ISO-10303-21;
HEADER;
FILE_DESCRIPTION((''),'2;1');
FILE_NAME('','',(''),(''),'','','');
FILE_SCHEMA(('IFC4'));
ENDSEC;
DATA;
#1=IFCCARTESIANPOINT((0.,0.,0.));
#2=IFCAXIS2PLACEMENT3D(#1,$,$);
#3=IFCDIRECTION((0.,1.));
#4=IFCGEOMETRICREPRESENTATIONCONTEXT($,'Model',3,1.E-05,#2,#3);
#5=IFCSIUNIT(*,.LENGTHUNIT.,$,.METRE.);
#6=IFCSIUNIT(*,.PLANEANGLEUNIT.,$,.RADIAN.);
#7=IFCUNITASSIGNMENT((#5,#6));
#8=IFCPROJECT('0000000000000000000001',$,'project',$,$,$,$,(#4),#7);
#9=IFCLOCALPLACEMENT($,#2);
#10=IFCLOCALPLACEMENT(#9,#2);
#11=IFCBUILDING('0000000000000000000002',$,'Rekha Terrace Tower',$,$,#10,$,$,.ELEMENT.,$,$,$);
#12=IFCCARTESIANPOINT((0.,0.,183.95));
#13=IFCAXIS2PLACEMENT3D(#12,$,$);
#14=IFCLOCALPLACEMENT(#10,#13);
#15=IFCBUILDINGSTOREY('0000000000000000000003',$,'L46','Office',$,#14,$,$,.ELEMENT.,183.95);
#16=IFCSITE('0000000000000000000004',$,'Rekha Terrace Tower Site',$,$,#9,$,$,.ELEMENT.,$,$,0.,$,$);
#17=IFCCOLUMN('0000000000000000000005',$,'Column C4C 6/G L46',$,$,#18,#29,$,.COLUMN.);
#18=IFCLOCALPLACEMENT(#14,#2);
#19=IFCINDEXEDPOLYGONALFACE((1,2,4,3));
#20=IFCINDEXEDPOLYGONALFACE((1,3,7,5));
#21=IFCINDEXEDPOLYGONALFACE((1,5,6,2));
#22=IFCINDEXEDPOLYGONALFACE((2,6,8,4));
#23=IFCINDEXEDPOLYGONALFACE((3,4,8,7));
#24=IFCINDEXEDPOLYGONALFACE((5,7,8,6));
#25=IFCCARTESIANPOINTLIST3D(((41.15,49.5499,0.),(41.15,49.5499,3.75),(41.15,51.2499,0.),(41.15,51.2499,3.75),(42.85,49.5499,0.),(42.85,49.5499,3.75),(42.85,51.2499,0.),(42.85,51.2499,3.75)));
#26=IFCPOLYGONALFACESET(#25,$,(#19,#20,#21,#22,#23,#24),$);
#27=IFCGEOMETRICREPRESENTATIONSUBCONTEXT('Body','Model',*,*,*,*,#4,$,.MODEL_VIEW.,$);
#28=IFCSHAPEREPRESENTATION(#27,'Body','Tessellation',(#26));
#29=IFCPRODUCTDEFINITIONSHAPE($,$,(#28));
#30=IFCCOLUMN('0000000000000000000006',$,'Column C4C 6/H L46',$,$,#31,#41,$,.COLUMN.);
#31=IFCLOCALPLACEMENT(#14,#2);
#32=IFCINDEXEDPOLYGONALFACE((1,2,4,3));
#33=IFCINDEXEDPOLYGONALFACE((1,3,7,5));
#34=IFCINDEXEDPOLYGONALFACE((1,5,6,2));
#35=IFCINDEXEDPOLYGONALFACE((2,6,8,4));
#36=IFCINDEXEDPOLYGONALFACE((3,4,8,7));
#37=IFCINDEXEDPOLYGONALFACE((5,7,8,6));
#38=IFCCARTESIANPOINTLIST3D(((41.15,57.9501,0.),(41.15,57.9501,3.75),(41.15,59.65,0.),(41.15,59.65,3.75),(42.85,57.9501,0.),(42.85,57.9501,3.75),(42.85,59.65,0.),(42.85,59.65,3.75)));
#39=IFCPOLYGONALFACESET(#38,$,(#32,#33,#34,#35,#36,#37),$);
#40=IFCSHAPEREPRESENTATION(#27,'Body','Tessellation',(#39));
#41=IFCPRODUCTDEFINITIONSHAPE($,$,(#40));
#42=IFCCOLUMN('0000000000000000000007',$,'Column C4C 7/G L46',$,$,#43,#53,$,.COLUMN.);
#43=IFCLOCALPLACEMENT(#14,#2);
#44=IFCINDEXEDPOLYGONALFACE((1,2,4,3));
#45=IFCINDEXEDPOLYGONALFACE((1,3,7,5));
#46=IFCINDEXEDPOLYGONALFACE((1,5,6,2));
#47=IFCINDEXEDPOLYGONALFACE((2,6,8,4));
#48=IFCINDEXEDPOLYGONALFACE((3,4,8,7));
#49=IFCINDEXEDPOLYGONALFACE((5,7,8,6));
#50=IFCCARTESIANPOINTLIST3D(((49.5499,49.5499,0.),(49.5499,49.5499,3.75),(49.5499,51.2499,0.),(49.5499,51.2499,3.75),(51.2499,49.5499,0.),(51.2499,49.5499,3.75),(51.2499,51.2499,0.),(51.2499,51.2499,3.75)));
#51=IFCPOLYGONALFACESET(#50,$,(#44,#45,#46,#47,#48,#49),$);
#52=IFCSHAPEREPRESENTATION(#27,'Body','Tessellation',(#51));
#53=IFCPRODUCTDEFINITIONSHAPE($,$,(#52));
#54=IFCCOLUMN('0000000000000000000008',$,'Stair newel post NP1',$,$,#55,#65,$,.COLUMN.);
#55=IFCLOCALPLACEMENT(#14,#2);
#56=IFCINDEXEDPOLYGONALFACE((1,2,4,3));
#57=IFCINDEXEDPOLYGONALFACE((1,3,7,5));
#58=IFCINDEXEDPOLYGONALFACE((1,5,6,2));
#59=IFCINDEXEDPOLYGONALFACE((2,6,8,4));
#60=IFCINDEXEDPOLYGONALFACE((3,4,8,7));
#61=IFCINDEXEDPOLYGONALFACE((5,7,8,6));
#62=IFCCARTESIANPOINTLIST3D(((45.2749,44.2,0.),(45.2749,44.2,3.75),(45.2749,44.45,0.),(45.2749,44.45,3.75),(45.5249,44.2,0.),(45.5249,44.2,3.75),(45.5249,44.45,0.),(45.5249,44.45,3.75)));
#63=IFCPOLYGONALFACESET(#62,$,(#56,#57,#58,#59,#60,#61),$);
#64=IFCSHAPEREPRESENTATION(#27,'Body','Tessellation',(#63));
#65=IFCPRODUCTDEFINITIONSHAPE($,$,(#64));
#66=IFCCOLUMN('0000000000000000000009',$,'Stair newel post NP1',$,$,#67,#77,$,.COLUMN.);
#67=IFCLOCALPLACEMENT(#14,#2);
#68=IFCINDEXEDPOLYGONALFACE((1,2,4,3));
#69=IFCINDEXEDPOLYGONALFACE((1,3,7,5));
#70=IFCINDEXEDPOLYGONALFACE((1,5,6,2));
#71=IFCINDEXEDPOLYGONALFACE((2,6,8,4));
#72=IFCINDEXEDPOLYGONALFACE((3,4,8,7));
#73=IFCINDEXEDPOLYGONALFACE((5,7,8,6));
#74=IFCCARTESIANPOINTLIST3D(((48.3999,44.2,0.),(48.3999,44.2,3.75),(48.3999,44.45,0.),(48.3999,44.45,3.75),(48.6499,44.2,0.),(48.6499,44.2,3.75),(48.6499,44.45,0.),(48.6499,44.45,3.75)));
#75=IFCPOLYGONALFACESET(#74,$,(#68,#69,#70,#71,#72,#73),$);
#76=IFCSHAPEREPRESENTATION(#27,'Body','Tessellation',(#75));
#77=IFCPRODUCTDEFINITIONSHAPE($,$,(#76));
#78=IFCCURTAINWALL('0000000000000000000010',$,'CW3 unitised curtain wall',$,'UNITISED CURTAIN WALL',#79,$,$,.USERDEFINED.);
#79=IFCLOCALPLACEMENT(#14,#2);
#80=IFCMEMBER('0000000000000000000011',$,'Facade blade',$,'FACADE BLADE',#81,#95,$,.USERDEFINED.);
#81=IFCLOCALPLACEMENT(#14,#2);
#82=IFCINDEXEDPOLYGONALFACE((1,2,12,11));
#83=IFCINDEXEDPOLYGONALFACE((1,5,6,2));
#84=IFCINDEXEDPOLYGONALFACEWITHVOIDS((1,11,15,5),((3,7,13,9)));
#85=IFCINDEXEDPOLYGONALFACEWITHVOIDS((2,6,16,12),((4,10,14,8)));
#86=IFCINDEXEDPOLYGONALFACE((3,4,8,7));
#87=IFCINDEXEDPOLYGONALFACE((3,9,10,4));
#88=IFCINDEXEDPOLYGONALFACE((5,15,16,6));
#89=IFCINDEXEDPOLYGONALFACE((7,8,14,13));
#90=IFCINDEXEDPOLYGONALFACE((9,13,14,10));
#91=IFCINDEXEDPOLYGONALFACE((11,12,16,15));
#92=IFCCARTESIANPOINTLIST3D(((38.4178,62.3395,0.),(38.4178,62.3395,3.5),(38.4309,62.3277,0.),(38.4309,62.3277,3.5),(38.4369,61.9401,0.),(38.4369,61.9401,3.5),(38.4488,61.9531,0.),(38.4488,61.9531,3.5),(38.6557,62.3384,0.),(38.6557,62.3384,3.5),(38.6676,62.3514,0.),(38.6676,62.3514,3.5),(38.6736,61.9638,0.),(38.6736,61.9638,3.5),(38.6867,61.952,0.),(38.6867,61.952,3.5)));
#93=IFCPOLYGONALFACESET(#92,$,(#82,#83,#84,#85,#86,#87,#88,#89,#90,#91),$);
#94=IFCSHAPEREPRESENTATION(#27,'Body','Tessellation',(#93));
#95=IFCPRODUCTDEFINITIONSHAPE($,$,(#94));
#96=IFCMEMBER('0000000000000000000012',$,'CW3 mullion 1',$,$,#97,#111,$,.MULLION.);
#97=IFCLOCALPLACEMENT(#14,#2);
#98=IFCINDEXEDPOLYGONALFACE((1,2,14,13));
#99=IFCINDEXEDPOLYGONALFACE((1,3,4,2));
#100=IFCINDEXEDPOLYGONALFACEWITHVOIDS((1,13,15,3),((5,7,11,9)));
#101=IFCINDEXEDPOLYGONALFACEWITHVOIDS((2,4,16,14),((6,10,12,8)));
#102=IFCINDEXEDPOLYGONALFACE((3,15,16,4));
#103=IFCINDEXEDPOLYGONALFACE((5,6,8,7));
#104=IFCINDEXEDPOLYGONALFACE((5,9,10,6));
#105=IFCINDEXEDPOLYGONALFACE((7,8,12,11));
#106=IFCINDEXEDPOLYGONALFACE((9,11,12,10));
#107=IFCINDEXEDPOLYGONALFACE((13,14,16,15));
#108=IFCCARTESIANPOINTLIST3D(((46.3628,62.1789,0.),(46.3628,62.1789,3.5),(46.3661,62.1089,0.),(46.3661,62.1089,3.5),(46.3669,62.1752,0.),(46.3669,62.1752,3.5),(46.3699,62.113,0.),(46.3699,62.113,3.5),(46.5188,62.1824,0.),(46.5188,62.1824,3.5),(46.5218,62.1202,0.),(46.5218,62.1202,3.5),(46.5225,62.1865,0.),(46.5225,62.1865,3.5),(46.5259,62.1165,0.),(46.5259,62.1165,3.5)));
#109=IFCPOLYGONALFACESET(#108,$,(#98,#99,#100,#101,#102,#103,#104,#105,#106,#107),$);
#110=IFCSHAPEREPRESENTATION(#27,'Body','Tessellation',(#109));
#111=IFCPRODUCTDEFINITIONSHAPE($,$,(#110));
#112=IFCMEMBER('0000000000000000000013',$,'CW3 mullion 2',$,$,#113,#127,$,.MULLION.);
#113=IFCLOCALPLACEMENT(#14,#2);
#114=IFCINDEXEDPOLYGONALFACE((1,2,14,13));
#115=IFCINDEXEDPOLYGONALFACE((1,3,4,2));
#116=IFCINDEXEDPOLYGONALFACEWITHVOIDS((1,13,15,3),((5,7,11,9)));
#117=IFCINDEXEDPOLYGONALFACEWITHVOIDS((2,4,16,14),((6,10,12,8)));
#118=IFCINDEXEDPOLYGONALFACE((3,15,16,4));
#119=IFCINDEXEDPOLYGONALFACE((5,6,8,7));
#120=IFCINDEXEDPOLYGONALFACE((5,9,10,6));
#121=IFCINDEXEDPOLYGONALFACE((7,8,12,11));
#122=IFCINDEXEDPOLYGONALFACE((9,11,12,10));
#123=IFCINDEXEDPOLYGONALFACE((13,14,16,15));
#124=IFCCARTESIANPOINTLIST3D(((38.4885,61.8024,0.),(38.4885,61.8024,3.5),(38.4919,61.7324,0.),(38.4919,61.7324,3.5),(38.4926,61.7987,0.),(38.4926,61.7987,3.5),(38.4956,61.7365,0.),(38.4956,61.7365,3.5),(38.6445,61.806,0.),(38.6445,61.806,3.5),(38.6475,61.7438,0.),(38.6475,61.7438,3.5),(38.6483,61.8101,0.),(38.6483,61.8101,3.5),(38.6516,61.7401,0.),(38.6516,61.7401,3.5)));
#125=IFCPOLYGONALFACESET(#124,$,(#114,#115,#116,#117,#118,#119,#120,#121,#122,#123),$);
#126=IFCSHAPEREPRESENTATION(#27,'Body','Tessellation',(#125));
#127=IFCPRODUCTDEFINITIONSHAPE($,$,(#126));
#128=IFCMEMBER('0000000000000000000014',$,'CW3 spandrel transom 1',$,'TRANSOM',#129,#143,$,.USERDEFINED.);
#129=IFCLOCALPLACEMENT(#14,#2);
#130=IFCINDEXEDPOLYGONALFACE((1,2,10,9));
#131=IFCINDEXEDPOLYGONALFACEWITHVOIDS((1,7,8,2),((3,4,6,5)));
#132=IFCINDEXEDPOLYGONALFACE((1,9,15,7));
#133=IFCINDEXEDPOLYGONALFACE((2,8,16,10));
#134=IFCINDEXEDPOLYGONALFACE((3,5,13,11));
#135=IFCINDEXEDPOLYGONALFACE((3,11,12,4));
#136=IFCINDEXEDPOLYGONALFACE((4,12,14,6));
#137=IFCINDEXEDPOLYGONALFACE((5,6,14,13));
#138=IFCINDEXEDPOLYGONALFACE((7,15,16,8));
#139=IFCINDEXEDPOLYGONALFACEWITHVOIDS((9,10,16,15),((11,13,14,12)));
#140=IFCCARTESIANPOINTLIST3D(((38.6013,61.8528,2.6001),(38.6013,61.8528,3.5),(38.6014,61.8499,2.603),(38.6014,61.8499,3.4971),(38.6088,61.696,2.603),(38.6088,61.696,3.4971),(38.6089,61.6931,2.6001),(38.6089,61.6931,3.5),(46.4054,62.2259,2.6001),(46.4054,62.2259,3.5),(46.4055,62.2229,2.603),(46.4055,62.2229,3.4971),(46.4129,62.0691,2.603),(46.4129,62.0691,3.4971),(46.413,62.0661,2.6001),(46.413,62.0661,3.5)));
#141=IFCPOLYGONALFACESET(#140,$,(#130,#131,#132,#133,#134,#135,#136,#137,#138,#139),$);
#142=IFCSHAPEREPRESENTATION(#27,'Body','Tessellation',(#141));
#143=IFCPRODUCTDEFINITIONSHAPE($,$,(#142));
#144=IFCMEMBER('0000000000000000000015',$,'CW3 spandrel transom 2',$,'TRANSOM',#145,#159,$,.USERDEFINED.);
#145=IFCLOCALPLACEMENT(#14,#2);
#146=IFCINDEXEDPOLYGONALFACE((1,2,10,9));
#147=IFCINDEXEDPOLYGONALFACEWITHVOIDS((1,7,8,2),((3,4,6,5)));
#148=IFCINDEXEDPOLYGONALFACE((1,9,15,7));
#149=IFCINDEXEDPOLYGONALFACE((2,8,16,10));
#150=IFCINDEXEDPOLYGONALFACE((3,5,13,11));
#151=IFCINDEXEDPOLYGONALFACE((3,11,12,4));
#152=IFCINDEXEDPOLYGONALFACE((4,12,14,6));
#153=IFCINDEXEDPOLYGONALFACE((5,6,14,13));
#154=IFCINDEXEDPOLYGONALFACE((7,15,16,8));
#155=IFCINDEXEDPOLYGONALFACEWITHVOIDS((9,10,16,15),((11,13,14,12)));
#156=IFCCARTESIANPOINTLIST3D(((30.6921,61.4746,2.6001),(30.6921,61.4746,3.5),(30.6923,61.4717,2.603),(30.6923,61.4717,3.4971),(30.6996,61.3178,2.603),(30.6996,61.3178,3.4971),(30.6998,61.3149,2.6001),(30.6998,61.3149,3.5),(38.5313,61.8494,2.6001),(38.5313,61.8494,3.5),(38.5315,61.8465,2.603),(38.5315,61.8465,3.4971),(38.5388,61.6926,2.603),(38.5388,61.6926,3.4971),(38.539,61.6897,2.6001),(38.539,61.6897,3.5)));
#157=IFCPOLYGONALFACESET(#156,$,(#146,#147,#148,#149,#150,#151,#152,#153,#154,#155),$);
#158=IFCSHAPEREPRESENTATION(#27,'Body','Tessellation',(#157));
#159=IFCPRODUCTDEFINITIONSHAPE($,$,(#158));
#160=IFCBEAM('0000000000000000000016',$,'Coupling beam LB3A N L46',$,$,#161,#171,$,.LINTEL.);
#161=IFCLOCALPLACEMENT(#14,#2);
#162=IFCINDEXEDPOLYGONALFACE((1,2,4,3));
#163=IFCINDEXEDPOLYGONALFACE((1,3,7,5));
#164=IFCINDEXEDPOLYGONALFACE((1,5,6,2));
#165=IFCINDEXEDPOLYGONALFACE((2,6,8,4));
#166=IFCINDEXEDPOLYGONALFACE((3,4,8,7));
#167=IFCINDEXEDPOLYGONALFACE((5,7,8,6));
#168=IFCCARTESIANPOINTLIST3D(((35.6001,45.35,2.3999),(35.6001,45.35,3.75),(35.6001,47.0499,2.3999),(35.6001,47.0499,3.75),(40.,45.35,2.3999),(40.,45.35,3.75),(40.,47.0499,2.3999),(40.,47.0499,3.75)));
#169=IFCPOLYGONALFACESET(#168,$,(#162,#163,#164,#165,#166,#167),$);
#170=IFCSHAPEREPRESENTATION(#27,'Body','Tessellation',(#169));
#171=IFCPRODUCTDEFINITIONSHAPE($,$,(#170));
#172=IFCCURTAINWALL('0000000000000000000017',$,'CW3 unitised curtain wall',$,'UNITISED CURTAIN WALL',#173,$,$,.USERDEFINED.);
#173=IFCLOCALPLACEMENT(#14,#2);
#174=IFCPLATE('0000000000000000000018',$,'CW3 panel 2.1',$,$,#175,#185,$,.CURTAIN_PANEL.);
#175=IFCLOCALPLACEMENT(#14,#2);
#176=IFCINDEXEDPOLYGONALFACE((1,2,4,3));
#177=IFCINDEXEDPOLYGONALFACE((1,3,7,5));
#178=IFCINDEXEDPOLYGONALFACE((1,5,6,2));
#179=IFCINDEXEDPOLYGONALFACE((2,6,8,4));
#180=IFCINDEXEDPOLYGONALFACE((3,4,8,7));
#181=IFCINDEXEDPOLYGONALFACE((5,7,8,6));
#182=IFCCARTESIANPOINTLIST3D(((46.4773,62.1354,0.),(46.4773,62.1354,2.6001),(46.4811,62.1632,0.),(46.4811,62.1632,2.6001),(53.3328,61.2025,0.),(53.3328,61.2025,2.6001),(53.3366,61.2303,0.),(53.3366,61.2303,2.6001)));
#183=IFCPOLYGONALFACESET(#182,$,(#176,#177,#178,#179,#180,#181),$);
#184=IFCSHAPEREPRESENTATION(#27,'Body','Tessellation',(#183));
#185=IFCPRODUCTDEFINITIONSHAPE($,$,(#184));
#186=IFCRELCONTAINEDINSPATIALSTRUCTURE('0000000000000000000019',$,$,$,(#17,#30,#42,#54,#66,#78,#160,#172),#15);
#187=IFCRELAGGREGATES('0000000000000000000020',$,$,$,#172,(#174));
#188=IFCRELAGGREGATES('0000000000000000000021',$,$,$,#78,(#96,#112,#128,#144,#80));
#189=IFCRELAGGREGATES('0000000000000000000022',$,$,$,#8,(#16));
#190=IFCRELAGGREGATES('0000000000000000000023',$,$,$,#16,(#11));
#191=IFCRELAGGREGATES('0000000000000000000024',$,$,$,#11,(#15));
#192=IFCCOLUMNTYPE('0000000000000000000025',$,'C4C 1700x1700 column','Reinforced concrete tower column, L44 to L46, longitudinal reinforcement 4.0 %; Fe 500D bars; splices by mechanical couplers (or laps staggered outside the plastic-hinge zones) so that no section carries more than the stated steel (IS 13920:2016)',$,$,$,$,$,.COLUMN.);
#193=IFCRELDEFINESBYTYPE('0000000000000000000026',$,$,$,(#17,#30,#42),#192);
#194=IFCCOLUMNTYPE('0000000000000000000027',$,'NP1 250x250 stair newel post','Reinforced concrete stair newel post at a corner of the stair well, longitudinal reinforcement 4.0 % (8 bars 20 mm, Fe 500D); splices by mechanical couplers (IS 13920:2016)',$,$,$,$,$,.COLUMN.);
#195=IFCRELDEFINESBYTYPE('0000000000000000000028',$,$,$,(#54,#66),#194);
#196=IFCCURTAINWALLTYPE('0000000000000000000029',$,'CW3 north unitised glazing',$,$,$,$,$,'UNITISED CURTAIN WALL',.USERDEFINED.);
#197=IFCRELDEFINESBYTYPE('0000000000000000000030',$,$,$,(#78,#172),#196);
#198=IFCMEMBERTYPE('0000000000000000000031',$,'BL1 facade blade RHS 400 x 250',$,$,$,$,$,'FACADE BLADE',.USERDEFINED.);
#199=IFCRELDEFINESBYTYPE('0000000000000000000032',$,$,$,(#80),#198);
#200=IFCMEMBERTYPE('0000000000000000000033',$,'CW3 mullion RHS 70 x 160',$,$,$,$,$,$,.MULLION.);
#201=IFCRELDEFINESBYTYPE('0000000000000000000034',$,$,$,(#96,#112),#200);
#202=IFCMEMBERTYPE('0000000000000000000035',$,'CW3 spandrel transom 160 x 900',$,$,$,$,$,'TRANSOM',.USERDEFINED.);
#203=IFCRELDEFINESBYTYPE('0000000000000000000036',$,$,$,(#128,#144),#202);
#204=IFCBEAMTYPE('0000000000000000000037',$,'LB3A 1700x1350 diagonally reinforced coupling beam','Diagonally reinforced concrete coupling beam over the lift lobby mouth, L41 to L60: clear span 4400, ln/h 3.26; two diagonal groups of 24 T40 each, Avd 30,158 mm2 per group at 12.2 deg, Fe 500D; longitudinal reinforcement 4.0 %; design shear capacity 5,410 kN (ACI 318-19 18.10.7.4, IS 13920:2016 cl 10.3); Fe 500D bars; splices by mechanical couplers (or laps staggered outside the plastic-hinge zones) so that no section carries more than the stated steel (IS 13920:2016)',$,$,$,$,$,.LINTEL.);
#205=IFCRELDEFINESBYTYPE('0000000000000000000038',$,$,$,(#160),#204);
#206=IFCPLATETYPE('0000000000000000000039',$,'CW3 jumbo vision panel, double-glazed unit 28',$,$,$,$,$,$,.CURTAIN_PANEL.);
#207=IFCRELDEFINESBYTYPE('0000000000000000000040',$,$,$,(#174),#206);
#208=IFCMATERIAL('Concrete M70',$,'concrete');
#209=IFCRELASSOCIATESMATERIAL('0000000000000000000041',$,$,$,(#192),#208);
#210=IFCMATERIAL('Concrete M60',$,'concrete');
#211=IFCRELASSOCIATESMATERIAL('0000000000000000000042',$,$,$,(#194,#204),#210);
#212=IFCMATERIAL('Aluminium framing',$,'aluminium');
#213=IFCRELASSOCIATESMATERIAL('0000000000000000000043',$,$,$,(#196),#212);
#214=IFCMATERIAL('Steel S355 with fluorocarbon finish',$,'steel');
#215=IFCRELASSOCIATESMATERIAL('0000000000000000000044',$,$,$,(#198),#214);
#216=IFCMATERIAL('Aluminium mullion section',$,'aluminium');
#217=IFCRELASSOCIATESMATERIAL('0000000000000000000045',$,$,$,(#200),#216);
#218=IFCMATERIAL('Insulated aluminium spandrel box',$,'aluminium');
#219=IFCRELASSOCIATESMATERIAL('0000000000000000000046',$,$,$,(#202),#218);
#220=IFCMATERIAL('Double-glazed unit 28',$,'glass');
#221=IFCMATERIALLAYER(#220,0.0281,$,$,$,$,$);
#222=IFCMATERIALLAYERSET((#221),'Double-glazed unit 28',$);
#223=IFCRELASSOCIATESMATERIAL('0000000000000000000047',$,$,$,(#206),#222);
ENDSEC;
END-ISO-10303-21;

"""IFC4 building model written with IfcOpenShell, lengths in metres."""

from ifc_helpers import new_model, si_unit, direction, frame, origin, origin_2d, place, context, subcontext, project, spatial, rectangle, hollow_rectangle, extrude, material, layer, layer_set, material_profile, profile_set, type_object, element, aggregate, save


model = new_model("IFC4")

# Units and contexts
model_context = context("Model", 3, precision=1e-05, world=origin(), true_north=direction((0.0, 1.0)))
body_context = subcontext(model_context, "Body", "Model", "MODEL_VIEW")
ifc_project = project(units=[si_unit("LENGTHUNIT", "METRE"), si_unit("PLANEANGLEUNIT", "RADIAN")], contexts=[model_context])

# Site, building, storey
site_placement = place(None, origin())
site = spatial("IfcSite", under=ifc_project, at=site_placement, Name="Rekha Terrace Tower Site", CompositionType="ELEMENT", RefElevation=0.0)
building_placement = place(site_placement, origin())
building = spatial("IfcBuilding", under=site, at=building_placement, Name="Rekha Terrace Tower", CompositionType="ELEMENT")
storey_placement = place(building_placement, frame((0.0, 0.0, 183.95)))
storey = spatial("IfcBuildingStorey", under=building, at=storey_placement, Name="L46", Description="Office", CompositionType="ELEMENT", Elevation=183.95)

# Columns
ifc_material_1 = material(Name="Concrete M70", Category="concrete")
ifc_material_profile_1 = material_profile(ifc_material_1, rectangle(XDim=1.7, YDim=1.7, at=origin_2d()), Name="RC 1700x1700")
ifc_profile_set_1 = profile_set([ifc_material_profile_1], Name="Concrete M70")
column_type_1 = type_object("IfcColumnType", Name="C4C 1700x1700 column", Description="Reinforced concrete tower column, L44 to L46, longitudinal reinforcement 4.0 %; Fe 500D bars; splices by mechanical couplers (or laps staggered outside the plastic-hinge zones) so that no section carries more than the stated steel (IS 13920:2016)", PredefinedType="COLUMN", material=ifc_profile_set_1)
for number, where, z_axis, x_axis, name in (
    (1, (42.0, 50.3999, 0.0), (0.0, 0.0, 1.0), (1.0, 0.0, 0.0), "Column C4C 6/G L46"),
    (2, (42.0, 58.8, 0.0), (0.0, 0.0, 1.0), (1.0, 0.0, 0.0), "Column C4C 6/H L46"),
    (3, (50.3999, 50.3999, 0.0), (0.0, 0.0, 1.0), (1.0, 0.0, 0.0), "Column C4C 7/G L46"),
):
    element("IfcColumn", number, at=place(storey_placement, frame(where, z_axis=z_axis, x_axis=x_axis)), inside=storey, type_object=column_type_1, Name=name, PredefinedType="COLUMN", context=body_context, shape_type="SweptSolid", body=[
        extrude(rectangle(XDim=1.7, YDim=1.7, at=origin_2d()), origin(), (0.0, 0.0, 1.0), 3.75),
    ])
ifc_material_2 = material(Name="Concrete M60", Category="concrete")
ifc_material_profile_2 = material_profile(ifc_material_2, rectangle(XDim=0.25, YDim=0.25, at=origin_2d()), Name="RC 250x250")
ifc_profile_set_2 = profile_set([ifc_material_profile_2], Name="Concrete M60")
column_type_2 = type_object("IfcColumnType", Name="NP1 250x250 stair newel post", Description="Reinforced concrete stair newel post at a corner of the stair well, longitudinal reinforcement 4.0 % (8 bars 20 mm, Fe 500D); splices by mechanical couplers (IS 13920:2016)", PredefinedType="COLUMN", material=ifc_profile_set_2)
for number, where, z_axis, x_axis, name in (
    (4, (45.3999, 44.325, 0.0), (0.0, 0.0, 1.0), (1.0, 0.0, 0.0), "Stair newel post NP1"),
    (5, (48.5249, 44.325, 0.0), (0.0, 0.0, 1.0), (1.0, 0.0, 0.0), "Stair newel post NP1"),
):
    element("IfcColumn", number, at=place(storey_placement, frame(where, z_axis=z_axis, x_axis=x_axis)), inside=storey, type_object=column_type_2, Name=name, PredefinedType="COLUMN", context=body_context, shape_type="SweptSolid", body=[
        extrude(rectangle(XDim=0.25, YDim=0.25, at=origin_2d()), origin(), (0.0, 0.0, 1.0), 3.75),
    ])

# Curtain wall, members
ifc_material_3 = material(Name="Aluminium framing", Category="aluminium")
curtain_wall_type = type_object("IfcCurtainWallType", Name="CW3 north unitised glazing", ElementType="UNITISED CURTAIN WALL", PredefinedType="USERDEFINED", material=ifc_material_3)
curtain_wall_1_placement = place(storey_placement, origin())
curtain_wall_1 = element("IfcCurtainWall", 6, at=curtain_wall_1_placement, inside=storey, type_object=curtain_wall_type, Name="CW3 unitised curtain wall", ObjectType="UNITISED CURTAIN WALL", PredefinedType="USERDEFINED")
ifc_material_4 = material(Name="Steel S355 with fluorocarbon finish", Category="steel")
ifc_material_profile_3 = material_profile(ifc_material_4, hollow_rectangle(XDim=0.25, YDim=0.3999, WallThickness=0.0125, at=origin_2d()), Name="RHS400x250x12.5")
ifc_profile_set_3 = profile_set([ifc_material_profile_3], Name="Steel S355 with fluorocarbon finish")
member_type_1 = type_object("IfcMemberType", Name="BL1 facade blade RHS 400 x 250", ElementType="FACADE BLADE", PredefinedType="USERDEFINED", material=ifc_profile_set_3)
member_1_placement = place(storey_placement, frame((38.5522, 62.1458, 0.0), z_axis=(0.0, 0.0, 1.0), x_axis=(-0.998859, -0.047758, 0.0)))
member_1 = element("IfcMember", 7, at=member_1_placement, type_object=member_type_1, Name="Facade blade", ObjectType="FACADE BLADE", PredefinedType="USERDEFINED", context=body_context, shape_type="SweptSolid", body=[
    extrude(hollow_rectangle(XDim=0.25, YDim=0.3999, WallThickness=0.0125, at=origin_2d()), origin(), (0.0, 0.0, 1.0), 3.5),
])
ifc_material_5 = material(Name="Aluminium mullion section", Category="aluminium")
ifc_material_profile_4 = material_profile(ifc_material_5, hollow_rectangle(XDim=0.0701, YDim=0.1599, WallThickness=0.0039, at=origin_2d()), Name="AL RHS 70x160")
ifc_profile_set_4 = profile_set([ifc_material_profile_4], Name="Aluminium mullion section")
member_type_2 = type_object("IfcMemberType", Name="CW3 mullion RHS 70 x 160", PredefinedType="MULLION", material=ifc_profile_set_4)
member_2_placement = place(storey_placement, frame((46.4443, 62.1477, 0.0), z_axis=(0.0, 0.0, 1.0), x_axis=(0.047759, -0.998859, 0.0)))
member_2 = element("IfcMember", 8, at=member_2_placement, type_object=member_type_2, Name="CW3 mullion 1", PredefinedType="MULLION", context=body_context, shape_type="SweptSolid", body=[
    extrude(hollow_rectangle(XDim=0.0701, YDim=0.1599, WallThickness=0.0039, at=origin_2d()), origin(), (0.0, 0.0, 1.0), 3.5),
])
member_3_placement = place(storey_placement, frame((38.5701, 61.7712, 0.0), z_axis=(0.0, 0.0, 1.0), x_axis=(0.047759, -0.998859, 0.0)))
member_3 = element("IfcMember", 9, at=member_3_placement, type_object=member_type_2, Name="CW3 mullion 2", PredefinedType="MULLION", context=body_context, shape_type="SweptSolid", body=[
    extrude(hollow_rectangle(XDim=0.0701, YDim=0.1599, WallThickness=0.0039, at=origin_2d()), origin(), (0.0, 0.0, 1.0), 3.5),
])
ifc_material_6 = material(Name="Insulated aluminium spandrel box", Category="aluminium")
ifc_material_profile_5 = material_profile(ifc_material_6, hollow_rectangle(XDim=0.1599, YDim=0.8999, WallThickness=0.0029, at=origin_2d()), Name="AL SPANDREL BOX 160x900")
ifc_profile_set_5 = profile_set([ifc_material_profile_5], Name="Insulated aluminium spandrel box")
member_type_3 = type_object("IfcMemberType", Name="CW3 spandrel transom 160 x 900", ElementType="TRANSOM", PredefinedType="USERDEFINED", material=ifc_profile_set_5)
member_4_placement = place(storey_placement, frame((46.4092, 62.146, 3.05), z_axis=(-0.998859, -0.047748, 0.0), x_axis=(0.047748, -0.998859, 0.0)))
member_4 = element("IfcMember", 10, at=member_4_placement, type_object=member_type_3, Name="CW3 spandrel transom 1", ObjectType="TRANSOM", PredefinedType="USERDEFINED", context=body_context, shape_type="SweptSolid", body=[
    extrude(hollow_rectangle(XDim=0.1599, YDim=0.8999, WallThickness=0.0029, at=origin_2d()), origin(), (0.0, 0.0, 1.0), 7.813),
])
member_5_placement = place(storey_placement, frame((38.5352, 61.7695, 3.05), z_axis=(-0.998859, -0.047751, 0.0), x_axis=(0.047751, -0.998859, 0.0)))
member_5 = element("IfcMember", 11, at=member_5_placement, type_object=member_type_3, Name="CW3 spandrel transom 2", ObjectType="TRANSOM", PredefinedType="USERDEFINED", context=body_context, shape_type="SweptSolid", body=[
    extrude(hollow_rectangle(XDim=0.1599, YDim=0.8999, WallThickness=0.0029, at=origin_2d()), origin(), (0.0, 0.0, 1.0), 7.8481),
])

# Beam
ifc_material_profile_6 = material_profile(ifc_material_2, rectangle(XDim=1.7, YDim=1.3501, at=origin_2d()), Name="RC 1700x1350")
ifc_profile_set_6 = profile_set([ifc_material_profile_6], Name="Concrete M60")
beam_type = type_object("IfcBeamType", Name="LB3A 1700x1350 diagonally reinforced coupling beam", Description="Diagonally reinforced concrete coupling beam over the lift lobby mouth, L41 to L60: clear span 4400, ln/h 3.26; two diagonal groups of 24 T40 each, Avd 30,158 mm2 per group at 12.2 deg, Fe 500D; longitudinal reinforcement 4.0 %; design shear capacity 5,410 kN (ACI 318-19 18.10.7.4, IS 13920:2016 cl 10.3); Fe 500D bars; splices by mechanical couplers (or laps staggered outside the plastic-hinge zones) so that no section carries more than the stated steel (IS 13920:2016)", PredefinedType="LINTEL", material=ifc_profile_set_6)
beam_placement = place(storey_placement, frame((35.6001, 46.2, 3.075), z_axis=(1.0, 0.0, 0.0), x_axis=(0.0, 1.0, 0.0)))
element("IfcBeam", 12, at=beam_placement, inside=storey, type_object=beam_type, Name="Coupling beam LB3A N L46", PredefinedType="LINTEL", context=body_context, shape_type="SweptSolid", body=[
    extrude(rectangle(XDim=1.7, YDim=1.3501, at=origin_2d()), origin(), (0.0, 0.0, 1.0), 4.3999),
])

# Curtain wall, plate
curtain_wall_2_placement = place(storey_placement, origin())
curtain_wall_2 = element("IfcCurtainWall", 13, at=curtain_wall_2_placement, inside=storey, type_object=curtain_wall_type, Name="CW3 unitised curtain wall", ObjectType="UNITISED CURTAIN WALL", PredefinedType="USERDEFINED")
ifc_material_7 = material(Name="Double-glazed unit 28", Category="glass")
ifc_layer_1 = layer(ifc_material_7, 0.0281)
ifc_layer_set_1 = layer_set([ifc_layer_1], Name="Double-glazed unit 28")
plate_type = type_object("IfcPlateType", Name="CW3 jumbo vision panel, double-glazed unit 28", PredefinedType="CURTAIN_PANEL", material=ifc_layer_set_1)
plate_1_placement = place(storey_placement, frame((49.907, 61.6829, 0.0), z_axis=(0.0, 0.0, 1.0), x_axis=(-0.990867, 0.134841, 0.0)))
plate_1 = element("IfcPlate", 14, at=plate_1_placement, type_object=plate_type, Name="CW3 panel 2.1", PredefinedType="CURTAIN_PANEL", context=body_context, shape_type="SweptSolid", body=[
    extrude(rectangle(XDim=6.9187, YDim=0.0281, at=origin_2d()), origin(), (0.0, 0.0, 1.0), 2.6001),
])
aggregate(curtain_wall_2, [plate_1])

aggregate(curtain_wall_1, [member_2, member_3, member_4, member_5, member_1])

save(model, "model.ifc")
